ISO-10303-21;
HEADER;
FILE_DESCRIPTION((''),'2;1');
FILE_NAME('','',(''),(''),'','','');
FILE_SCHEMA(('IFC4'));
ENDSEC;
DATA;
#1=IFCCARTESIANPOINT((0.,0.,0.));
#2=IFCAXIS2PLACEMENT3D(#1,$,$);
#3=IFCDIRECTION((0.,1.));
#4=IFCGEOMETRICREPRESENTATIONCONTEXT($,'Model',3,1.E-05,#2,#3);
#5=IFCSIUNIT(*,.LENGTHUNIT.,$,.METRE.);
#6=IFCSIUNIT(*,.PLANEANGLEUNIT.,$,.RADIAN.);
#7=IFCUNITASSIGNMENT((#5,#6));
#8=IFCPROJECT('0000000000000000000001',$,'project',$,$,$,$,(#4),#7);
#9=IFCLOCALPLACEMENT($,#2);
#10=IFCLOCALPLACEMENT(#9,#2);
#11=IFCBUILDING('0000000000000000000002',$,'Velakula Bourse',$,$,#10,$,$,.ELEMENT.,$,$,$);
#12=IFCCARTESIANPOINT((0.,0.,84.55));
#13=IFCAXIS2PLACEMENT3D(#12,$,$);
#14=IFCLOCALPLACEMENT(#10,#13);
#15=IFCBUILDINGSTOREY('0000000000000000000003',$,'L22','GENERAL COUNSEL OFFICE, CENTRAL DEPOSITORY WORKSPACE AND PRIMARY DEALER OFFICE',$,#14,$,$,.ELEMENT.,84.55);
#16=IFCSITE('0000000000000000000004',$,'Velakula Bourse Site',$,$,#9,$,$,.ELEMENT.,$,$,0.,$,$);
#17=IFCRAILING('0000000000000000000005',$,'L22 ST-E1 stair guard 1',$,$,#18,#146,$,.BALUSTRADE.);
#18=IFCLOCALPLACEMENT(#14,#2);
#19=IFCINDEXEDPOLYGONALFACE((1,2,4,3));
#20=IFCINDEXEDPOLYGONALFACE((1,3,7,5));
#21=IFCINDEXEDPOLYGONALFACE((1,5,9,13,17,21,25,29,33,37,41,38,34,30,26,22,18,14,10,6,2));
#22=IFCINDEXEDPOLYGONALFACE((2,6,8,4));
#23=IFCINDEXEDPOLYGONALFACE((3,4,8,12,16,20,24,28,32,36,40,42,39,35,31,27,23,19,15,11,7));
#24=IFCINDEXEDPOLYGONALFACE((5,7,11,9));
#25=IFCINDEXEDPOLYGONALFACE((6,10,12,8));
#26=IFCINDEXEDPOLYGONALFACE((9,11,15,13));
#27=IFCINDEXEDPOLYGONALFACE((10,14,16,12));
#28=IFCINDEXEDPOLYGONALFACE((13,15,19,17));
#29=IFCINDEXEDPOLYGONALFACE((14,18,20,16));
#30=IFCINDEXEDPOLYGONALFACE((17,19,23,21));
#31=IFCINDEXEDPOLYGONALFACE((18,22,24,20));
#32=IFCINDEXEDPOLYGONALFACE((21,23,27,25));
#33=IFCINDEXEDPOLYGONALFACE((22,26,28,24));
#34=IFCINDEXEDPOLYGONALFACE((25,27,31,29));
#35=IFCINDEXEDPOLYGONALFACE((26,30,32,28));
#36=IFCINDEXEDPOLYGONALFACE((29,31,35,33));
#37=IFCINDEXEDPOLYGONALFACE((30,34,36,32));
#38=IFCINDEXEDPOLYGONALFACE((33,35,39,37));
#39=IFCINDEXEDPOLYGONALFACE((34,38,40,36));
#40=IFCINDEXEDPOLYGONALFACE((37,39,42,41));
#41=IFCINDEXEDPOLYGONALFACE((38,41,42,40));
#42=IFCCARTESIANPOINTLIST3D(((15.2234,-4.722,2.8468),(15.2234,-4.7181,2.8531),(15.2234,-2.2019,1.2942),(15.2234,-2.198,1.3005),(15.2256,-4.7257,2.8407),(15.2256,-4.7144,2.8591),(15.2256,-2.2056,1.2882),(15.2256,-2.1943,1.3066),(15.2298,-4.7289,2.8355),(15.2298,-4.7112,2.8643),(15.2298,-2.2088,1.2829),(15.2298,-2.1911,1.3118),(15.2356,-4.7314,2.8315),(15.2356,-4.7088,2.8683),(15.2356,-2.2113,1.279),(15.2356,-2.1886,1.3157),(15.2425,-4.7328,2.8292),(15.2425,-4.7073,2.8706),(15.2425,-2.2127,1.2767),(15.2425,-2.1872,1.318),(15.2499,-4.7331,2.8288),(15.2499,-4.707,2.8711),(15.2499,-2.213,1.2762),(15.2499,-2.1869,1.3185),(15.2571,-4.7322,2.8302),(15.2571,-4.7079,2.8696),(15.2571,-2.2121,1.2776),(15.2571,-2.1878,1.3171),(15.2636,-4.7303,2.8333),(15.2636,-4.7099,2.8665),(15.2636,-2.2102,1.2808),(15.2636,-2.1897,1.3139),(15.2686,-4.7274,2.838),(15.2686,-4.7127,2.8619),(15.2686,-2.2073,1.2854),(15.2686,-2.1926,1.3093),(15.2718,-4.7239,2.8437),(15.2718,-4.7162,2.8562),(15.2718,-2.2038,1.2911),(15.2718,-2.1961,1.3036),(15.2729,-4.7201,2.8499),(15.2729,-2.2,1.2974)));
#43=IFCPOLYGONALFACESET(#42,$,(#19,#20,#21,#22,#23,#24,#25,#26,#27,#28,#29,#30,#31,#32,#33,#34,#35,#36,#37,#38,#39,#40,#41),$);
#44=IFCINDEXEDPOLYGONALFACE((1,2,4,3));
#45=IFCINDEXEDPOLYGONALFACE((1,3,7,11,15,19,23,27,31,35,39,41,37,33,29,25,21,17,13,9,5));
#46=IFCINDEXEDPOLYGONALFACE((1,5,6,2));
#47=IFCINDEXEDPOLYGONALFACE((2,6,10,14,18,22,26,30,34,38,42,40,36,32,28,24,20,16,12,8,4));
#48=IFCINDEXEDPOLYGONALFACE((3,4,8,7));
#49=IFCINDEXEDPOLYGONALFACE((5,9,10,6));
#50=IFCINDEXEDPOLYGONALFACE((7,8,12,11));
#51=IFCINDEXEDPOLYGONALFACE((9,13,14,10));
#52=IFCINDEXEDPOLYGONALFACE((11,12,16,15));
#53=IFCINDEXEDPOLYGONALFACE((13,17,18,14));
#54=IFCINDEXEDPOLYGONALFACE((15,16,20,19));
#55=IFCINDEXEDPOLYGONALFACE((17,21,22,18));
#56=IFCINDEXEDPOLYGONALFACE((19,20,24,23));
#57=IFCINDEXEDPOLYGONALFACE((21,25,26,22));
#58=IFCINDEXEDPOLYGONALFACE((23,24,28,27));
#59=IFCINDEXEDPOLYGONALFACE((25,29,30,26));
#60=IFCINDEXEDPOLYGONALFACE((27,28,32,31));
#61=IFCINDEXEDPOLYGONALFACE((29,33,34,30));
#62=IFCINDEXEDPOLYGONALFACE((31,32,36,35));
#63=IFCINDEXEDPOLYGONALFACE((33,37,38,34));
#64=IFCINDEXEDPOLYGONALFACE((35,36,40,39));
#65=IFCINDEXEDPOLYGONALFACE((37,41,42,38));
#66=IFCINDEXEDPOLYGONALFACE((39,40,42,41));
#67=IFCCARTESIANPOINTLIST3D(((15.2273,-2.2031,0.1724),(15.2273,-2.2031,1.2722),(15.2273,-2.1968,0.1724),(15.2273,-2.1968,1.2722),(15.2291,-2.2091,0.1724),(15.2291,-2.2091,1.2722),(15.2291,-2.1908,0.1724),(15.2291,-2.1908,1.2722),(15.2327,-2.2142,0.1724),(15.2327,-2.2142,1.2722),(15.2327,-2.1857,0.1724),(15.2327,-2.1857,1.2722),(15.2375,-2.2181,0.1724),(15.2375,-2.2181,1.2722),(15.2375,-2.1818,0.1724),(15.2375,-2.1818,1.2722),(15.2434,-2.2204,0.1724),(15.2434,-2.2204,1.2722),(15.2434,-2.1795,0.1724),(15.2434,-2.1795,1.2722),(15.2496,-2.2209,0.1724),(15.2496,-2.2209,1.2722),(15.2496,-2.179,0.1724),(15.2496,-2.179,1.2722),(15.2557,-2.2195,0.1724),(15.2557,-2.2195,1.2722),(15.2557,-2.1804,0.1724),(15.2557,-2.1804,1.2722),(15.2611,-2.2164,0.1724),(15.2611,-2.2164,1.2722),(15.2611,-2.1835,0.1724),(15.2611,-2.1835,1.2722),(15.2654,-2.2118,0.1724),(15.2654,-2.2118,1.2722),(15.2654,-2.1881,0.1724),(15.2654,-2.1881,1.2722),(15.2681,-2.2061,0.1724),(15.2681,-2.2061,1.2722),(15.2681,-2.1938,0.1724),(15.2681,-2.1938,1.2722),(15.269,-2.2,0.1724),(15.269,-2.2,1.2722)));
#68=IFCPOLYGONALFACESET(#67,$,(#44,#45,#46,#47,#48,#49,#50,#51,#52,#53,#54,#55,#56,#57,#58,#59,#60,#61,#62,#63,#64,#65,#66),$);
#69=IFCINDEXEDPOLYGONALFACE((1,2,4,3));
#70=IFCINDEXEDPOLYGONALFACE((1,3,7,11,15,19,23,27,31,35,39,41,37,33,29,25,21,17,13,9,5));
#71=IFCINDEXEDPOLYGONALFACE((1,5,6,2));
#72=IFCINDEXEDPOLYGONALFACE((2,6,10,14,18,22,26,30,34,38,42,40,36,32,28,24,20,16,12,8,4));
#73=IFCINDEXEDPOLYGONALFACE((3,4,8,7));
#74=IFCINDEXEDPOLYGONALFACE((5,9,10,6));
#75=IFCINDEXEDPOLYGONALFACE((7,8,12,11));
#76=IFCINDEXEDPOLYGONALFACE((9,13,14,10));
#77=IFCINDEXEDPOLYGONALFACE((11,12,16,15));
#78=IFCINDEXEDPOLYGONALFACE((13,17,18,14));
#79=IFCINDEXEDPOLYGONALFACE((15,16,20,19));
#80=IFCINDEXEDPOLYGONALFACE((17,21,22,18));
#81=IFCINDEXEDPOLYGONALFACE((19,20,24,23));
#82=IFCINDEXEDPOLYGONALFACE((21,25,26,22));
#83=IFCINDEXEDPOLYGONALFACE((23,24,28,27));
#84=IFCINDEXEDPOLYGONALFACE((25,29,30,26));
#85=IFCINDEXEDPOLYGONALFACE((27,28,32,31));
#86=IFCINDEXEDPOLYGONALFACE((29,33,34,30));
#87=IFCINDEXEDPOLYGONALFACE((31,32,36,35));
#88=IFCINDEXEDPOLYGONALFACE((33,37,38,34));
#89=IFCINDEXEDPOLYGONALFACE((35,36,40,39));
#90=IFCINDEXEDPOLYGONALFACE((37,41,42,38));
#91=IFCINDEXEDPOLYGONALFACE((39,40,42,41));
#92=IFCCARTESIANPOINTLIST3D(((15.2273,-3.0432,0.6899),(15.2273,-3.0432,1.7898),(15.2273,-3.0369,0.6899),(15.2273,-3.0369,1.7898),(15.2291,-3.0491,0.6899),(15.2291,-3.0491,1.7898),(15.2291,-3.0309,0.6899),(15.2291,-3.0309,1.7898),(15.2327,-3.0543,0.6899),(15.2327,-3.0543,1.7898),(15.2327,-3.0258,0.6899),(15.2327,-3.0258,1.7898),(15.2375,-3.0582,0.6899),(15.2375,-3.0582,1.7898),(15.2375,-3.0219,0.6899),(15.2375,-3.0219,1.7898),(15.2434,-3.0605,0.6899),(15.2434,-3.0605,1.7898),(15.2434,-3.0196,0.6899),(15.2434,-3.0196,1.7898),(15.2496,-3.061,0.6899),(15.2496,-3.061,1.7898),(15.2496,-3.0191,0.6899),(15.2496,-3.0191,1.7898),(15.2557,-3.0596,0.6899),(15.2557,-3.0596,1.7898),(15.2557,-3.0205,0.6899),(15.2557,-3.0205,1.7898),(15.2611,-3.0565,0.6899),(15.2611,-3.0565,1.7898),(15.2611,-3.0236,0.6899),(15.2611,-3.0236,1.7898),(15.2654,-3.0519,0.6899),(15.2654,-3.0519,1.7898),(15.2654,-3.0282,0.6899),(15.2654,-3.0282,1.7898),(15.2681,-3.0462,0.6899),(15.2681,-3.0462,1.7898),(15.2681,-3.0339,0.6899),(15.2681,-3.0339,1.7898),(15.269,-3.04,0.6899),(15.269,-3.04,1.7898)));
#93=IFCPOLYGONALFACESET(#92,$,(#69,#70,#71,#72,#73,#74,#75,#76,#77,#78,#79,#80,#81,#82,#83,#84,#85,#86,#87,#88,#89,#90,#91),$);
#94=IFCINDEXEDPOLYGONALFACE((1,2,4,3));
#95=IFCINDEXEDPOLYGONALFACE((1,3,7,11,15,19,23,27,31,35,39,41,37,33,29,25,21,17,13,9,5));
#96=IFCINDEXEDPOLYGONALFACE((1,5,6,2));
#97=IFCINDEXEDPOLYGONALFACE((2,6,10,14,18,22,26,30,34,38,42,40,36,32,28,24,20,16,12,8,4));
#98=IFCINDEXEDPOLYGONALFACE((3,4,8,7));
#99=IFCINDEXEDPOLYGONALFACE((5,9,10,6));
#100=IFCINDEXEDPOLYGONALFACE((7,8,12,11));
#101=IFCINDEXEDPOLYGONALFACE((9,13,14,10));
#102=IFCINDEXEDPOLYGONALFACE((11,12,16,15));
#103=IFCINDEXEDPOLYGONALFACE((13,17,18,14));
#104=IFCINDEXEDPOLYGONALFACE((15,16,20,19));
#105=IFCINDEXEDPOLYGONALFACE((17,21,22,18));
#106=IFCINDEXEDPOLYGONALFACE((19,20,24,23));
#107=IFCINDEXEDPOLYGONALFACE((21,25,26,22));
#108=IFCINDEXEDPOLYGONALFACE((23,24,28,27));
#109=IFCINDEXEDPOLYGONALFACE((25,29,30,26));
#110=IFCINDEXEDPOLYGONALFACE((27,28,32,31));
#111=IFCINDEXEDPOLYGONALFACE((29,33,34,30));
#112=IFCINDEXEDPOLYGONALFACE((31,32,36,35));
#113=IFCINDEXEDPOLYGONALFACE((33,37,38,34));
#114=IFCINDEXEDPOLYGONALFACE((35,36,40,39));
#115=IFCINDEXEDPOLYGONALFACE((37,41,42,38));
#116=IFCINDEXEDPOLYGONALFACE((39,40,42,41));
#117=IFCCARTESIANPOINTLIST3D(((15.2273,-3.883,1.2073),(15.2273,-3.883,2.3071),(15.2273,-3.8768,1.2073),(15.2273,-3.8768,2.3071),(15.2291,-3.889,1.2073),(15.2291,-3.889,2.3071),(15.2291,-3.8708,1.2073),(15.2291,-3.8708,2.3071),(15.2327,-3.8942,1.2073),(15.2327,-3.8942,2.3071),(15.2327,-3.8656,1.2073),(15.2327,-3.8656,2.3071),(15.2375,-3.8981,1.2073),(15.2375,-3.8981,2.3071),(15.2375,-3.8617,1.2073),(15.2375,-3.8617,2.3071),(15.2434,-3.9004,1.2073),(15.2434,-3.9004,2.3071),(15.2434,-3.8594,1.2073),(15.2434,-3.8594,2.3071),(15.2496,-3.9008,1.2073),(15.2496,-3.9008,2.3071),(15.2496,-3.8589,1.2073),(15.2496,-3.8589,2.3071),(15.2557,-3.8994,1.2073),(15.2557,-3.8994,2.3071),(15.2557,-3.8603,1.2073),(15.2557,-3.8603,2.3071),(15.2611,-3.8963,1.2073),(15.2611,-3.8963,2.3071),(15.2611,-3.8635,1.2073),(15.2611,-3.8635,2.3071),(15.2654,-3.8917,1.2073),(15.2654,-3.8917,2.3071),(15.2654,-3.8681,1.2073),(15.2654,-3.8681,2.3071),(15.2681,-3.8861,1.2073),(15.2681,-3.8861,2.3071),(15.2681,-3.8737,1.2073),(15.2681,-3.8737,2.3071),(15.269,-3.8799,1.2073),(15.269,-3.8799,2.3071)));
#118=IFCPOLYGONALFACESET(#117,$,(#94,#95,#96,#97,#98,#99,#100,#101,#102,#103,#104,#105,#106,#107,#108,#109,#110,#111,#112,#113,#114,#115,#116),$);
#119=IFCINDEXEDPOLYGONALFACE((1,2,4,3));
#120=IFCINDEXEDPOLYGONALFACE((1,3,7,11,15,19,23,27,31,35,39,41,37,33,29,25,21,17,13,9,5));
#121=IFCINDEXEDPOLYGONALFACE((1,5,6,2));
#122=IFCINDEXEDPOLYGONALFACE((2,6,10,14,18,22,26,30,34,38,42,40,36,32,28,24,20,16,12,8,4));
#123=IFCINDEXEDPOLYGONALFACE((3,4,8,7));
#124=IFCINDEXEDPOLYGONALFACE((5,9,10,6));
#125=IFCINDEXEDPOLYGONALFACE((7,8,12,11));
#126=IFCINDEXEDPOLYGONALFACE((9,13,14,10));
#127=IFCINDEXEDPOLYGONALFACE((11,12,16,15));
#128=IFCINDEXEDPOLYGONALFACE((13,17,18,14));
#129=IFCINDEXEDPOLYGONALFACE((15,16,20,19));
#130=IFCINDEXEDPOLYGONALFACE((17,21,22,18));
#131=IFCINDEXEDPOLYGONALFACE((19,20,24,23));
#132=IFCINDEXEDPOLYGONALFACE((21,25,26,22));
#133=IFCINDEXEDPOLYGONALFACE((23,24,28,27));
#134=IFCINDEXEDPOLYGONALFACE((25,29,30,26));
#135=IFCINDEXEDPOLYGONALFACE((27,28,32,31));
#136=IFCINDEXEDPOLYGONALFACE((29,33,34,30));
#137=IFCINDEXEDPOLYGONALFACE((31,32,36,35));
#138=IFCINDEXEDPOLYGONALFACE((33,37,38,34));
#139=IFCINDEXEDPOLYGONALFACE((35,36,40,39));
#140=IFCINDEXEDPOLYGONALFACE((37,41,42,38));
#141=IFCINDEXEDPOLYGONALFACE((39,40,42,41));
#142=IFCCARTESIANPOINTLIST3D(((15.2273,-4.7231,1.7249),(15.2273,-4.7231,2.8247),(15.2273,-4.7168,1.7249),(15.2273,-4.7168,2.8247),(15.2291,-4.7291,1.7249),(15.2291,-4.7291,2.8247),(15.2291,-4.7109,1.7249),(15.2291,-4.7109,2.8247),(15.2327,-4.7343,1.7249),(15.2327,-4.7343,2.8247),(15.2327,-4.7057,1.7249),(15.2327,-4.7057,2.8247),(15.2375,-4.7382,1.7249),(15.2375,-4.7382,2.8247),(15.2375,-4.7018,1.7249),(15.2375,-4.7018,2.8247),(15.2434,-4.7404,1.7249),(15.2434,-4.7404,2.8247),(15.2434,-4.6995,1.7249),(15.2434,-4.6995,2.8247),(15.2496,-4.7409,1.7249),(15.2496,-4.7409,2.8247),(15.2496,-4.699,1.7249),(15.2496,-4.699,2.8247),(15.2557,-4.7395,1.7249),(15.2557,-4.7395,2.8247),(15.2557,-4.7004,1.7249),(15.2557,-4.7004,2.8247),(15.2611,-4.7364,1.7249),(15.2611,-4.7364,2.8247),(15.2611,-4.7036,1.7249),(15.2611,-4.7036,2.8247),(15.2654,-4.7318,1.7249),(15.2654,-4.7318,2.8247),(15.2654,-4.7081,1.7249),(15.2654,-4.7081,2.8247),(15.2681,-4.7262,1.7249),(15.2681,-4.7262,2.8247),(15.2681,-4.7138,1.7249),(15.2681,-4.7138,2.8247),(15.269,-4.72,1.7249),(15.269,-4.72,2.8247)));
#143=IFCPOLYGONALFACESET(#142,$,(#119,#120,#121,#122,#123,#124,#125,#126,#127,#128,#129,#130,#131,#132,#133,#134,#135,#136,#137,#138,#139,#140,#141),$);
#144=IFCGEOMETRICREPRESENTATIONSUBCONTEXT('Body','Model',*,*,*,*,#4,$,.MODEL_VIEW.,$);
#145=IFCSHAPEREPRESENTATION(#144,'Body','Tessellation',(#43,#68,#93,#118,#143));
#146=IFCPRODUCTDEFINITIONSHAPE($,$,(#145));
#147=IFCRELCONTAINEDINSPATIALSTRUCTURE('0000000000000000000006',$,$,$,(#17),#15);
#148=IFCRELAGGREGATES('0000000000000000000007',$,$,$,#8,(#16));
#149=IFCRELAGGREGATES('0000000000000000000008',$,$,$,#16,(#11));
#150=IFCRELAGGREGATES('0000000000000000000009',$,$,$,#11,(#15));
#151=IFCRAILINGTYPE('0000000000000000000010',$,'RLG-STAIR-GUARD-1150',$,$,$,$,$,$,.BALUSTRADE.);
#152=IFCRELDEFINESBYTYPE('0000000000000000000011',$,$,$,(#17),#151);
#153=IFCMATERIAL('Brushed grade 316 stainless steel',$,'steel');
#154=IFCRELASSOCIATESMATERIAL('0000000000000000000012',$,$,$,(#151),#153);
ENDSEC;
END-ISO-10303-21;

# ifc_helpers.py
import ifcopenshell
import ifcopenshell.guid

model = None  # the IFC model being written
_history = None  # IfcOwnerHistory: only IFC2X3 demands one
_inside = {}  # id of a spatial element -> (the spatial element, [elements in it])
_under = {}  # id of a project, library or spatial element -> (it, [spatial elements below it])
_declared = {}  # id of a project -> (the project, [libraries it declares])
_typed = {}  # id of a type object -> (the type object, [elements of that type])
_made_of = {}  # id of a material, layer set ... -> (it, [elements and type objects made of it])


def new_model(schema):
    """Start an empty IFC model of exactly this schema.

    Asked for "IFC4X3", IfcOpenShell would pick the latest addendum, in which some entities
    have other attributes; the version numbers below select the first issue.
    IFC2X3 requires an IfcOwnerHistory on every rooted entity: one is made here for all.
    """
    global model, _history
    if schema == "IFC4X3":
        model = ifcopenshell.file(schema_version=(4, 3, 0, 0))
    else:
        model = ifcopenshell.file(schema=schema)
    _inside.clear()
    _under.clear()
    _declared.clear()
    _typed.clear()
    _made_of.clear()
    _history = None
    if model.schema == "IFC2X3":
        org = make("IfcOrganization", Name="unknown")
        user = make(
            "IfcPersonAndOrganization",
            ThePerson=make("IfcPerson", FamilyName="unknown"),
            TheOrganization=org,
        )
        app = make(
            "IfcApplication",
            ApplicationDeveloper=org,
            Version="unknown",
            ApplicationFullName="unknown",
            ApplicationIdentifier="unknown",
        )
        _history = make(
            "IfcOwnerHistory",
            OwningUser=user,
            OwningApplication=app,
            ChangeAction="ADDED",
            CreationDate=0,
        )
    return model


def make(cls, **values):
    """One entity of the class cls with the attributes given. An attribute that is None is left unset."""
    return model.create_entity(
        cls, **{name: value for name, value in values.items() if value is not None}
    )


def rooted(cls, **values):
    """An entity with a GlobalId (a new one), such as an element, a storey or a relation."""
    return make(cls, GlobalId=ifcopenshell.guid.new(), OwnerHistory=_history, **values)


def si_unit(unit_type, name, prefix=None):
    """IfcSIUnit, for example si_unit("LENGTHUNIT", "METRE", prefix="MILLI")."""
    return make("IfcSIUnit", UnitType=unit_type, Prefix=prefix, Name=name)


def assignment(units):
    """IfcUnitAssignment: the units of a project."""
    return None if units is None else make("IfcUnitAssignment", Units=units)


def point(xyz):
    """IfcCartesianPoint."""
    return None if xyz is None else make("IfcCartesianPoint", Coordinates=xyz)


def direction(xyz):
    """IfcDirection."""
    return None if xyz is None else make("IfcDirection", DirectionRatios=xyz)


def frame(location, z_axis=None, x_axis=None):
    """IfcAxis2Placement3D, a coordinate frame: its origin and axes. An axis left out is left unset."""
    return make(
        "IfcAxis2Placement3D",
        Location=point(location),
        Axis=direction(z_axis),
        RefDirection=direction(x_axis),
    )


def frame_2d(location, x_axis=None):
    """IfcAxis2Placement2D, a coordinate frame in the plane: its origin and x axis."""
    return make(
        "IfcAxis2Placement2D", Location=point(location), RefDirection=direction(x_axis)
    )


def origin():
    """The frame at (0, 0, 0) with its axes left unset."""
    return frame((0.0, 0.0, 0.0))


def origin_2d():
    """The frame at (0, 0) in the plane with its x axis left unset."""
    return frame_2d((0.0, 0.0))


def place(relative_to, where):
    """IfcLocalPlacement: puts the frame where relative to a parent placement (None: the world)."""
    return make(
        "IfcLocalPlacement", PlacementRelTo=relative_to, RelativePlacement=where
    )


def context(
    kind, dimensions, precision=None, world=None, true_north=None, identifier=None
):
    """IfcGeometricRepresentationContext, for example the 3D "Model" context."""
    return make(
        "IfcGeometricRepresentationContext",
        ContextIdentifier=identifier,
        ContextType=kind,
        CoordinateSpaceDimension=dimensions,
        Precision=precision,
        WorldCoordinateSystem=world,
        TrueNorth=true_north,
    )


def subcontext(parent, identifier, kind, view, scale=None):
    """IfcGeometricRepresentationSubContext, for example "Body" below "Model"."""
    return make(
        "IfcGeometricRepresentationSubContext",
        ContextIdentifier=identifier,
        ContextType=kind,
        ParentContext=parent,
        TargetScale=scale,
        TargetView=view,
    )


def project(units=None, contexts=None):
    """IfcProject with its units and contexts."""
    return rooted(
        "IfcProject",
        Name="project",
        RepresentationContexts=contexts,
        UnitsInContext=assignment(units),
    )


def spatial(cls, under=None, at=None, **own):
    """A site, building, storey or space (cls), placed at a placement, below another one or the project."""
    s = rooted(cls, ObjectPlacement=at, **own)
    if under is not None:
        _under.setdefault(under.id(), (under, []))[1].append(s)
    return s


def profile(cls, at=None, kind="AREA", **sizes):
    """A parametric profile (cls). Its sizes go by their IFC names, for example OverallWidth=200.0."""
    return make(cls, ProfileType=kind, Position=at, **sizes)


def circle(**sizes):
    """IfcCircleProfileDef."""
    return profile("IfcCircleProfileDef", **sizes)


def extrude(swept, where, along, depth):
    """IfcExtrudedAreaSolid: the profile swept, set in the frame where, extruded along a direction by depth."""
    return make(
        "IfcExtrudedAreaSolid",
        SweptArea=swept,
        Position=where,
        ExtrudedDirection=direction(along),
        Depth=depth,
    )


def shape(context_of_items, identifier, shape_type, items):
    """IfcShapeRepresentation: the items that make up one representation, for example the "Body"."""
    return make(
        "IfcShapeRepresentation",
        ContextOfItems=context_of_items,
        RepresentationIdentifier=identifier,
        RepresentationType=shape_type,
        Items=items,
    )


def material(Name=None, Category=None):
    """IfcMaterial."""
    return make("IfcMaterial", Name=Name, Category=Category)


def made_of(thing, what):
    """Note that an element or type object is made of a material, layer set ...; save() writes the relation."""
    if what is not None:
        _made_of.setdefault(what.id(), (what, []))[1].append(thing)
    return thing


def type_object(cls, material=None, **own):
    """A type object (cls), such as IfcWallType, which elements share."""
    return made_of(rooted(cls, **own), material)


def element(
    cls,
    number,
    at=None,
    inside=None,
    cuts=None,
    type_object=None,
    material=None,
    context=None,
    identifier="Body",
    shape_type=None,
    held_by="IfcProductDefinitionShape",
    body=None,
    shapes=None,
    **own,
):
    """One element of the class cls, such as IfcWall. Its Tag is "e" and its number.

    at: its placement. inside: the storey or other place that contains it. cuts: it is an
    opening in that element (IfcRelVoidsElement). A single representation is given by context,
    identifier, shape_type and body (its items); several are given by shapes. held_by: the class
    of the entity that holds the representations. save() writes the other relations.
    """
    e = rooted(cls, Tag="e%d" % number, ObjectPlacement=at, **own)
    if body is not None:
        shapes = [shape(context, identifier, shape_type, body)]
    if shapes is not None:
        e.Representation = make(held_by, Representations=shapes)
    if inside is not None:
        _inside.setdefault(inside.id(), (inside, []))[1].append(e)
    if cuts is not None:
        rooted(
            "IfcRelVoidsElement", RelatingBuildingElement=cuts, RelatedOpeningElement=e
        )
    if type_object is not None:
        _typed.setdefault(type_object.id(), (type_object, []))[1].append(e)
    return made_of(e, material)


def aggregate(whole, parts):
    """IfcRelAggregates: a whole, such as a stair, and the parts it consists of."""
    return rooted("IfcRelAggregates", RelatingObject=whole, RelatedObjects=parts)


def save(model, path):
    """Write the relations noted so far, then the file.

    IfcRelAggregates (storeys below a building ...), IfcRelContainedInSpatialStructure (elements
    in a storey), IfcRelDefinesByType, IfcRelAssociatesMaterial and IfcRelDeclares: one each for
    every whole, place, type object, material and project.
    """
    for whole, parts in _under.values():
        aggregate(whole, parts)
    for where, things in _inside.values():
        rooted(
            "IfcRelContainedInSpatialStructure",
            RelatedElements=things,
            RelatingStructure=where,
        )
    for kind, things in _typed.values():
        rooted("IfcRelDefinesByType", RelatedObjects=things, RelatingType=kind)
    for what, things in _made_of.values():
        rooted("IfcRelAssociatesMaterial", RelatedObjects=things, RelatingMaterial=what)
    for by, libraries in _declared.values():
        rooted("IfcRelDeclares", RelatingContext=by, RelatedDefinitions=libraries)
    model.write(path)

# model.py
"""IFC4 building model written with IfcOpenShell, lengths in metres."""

from ifc_helpers import new_model, si_unit, direction, frame, origin, origin_2d, place, context, subcontext, project, spatial, circle, extrude, material, type_object, element, save


model = new_model("IFC4")

# Units and contexts
model_context = context("Model", 3, precision=1e-05, world=origin(), true_north=direction((0.0, 1.0)))
body_context = subcontext(model_context, "Body", "Model", "MODEL_VIEW")
ifc_project = project(units=[si_unit("LENGTHUNIT", "METRE"), si_unit("PLANEANGLEUNIT", "RADIAN")], contexts=[model_context])

# Site, building, storey
site_placement = place(None, origin())
site = spatial("IfcSite", under=ifc_project, at=site_placement, Name="Velakula Bourse Site", CompositionType="ELEMENT", RefElevation=0.0)
building_placement = place(site_placement, origin())
building = spatial("IfcBuilding", under=site, at=building_placement, Name="Velakula Bourse", CompositionType="ELEMENT")
storey_placement = place(building_placement, frame((0.0, 0.0, 84.55)))
storey = spatial("IfcBuildingStorey", under=building, at=storey_placement, Name="L22", Description="GENERAL COUNSEL OFFICE, CENTRAL DEPOSITORY WORKSPACE AND PRIMARY DEALER OFFICE", CompositionType="ELEMENT", Elevation=84.55)

# Railing
ifc_material_1 = material(Name="Brushed grade 316 stainless steel", Category="steel")
railing_type_1 = type_object("IfcRailingType", Name="RLG-STAIR-GUARD-1150", PredefinedType="BALUSTRADE", material=ifc_material_1)
railing_1_placement = place(storey_placement, frame((15.248, -2.2, 0.1724)))
element("IfcRailing", 1, at=railing_1_placement, inside=storey, type_object=railing_type_1, Name="L22 ST-E1 stair guard 1", PredefinedType="BALUSTRADE", context=body_context, shape_type="SweptSolid", body=[
    extrude(circle(Radius=0.0249, at=origin_2d()), frame((0.0, 0.0, 1.125), z_axis=(0.0, -0.8514, 0.524516), x_axis=(1.0, 0.0, 0.0)), (0.0, 0.0, 1.0), 2.96),
    extrude(circle(Radius=0.021, at=origin_2d()), origin(), (0.0, 0.0, 1.0), 1.0999),
    extrude(circle(Radius=0.021, at=origin_2d()), frame((0.0, -0.8401, 0.5176)), (0.0, 0.0, 1.0), 1.0999),
    extrude(circle(Radius=0.021, at=origin_2d()), frame((0.0, -1.6799, 1.0349)), (0.0, 0.0, 1.0), 1.0999),
    extrude(circle(Radius=0.021, at=origin_2d()), frame((0.0, -2.52, 1.5525)), (0.0, 0.0, 1.0), 1.0999),
])

save(model, "model.ifc")
